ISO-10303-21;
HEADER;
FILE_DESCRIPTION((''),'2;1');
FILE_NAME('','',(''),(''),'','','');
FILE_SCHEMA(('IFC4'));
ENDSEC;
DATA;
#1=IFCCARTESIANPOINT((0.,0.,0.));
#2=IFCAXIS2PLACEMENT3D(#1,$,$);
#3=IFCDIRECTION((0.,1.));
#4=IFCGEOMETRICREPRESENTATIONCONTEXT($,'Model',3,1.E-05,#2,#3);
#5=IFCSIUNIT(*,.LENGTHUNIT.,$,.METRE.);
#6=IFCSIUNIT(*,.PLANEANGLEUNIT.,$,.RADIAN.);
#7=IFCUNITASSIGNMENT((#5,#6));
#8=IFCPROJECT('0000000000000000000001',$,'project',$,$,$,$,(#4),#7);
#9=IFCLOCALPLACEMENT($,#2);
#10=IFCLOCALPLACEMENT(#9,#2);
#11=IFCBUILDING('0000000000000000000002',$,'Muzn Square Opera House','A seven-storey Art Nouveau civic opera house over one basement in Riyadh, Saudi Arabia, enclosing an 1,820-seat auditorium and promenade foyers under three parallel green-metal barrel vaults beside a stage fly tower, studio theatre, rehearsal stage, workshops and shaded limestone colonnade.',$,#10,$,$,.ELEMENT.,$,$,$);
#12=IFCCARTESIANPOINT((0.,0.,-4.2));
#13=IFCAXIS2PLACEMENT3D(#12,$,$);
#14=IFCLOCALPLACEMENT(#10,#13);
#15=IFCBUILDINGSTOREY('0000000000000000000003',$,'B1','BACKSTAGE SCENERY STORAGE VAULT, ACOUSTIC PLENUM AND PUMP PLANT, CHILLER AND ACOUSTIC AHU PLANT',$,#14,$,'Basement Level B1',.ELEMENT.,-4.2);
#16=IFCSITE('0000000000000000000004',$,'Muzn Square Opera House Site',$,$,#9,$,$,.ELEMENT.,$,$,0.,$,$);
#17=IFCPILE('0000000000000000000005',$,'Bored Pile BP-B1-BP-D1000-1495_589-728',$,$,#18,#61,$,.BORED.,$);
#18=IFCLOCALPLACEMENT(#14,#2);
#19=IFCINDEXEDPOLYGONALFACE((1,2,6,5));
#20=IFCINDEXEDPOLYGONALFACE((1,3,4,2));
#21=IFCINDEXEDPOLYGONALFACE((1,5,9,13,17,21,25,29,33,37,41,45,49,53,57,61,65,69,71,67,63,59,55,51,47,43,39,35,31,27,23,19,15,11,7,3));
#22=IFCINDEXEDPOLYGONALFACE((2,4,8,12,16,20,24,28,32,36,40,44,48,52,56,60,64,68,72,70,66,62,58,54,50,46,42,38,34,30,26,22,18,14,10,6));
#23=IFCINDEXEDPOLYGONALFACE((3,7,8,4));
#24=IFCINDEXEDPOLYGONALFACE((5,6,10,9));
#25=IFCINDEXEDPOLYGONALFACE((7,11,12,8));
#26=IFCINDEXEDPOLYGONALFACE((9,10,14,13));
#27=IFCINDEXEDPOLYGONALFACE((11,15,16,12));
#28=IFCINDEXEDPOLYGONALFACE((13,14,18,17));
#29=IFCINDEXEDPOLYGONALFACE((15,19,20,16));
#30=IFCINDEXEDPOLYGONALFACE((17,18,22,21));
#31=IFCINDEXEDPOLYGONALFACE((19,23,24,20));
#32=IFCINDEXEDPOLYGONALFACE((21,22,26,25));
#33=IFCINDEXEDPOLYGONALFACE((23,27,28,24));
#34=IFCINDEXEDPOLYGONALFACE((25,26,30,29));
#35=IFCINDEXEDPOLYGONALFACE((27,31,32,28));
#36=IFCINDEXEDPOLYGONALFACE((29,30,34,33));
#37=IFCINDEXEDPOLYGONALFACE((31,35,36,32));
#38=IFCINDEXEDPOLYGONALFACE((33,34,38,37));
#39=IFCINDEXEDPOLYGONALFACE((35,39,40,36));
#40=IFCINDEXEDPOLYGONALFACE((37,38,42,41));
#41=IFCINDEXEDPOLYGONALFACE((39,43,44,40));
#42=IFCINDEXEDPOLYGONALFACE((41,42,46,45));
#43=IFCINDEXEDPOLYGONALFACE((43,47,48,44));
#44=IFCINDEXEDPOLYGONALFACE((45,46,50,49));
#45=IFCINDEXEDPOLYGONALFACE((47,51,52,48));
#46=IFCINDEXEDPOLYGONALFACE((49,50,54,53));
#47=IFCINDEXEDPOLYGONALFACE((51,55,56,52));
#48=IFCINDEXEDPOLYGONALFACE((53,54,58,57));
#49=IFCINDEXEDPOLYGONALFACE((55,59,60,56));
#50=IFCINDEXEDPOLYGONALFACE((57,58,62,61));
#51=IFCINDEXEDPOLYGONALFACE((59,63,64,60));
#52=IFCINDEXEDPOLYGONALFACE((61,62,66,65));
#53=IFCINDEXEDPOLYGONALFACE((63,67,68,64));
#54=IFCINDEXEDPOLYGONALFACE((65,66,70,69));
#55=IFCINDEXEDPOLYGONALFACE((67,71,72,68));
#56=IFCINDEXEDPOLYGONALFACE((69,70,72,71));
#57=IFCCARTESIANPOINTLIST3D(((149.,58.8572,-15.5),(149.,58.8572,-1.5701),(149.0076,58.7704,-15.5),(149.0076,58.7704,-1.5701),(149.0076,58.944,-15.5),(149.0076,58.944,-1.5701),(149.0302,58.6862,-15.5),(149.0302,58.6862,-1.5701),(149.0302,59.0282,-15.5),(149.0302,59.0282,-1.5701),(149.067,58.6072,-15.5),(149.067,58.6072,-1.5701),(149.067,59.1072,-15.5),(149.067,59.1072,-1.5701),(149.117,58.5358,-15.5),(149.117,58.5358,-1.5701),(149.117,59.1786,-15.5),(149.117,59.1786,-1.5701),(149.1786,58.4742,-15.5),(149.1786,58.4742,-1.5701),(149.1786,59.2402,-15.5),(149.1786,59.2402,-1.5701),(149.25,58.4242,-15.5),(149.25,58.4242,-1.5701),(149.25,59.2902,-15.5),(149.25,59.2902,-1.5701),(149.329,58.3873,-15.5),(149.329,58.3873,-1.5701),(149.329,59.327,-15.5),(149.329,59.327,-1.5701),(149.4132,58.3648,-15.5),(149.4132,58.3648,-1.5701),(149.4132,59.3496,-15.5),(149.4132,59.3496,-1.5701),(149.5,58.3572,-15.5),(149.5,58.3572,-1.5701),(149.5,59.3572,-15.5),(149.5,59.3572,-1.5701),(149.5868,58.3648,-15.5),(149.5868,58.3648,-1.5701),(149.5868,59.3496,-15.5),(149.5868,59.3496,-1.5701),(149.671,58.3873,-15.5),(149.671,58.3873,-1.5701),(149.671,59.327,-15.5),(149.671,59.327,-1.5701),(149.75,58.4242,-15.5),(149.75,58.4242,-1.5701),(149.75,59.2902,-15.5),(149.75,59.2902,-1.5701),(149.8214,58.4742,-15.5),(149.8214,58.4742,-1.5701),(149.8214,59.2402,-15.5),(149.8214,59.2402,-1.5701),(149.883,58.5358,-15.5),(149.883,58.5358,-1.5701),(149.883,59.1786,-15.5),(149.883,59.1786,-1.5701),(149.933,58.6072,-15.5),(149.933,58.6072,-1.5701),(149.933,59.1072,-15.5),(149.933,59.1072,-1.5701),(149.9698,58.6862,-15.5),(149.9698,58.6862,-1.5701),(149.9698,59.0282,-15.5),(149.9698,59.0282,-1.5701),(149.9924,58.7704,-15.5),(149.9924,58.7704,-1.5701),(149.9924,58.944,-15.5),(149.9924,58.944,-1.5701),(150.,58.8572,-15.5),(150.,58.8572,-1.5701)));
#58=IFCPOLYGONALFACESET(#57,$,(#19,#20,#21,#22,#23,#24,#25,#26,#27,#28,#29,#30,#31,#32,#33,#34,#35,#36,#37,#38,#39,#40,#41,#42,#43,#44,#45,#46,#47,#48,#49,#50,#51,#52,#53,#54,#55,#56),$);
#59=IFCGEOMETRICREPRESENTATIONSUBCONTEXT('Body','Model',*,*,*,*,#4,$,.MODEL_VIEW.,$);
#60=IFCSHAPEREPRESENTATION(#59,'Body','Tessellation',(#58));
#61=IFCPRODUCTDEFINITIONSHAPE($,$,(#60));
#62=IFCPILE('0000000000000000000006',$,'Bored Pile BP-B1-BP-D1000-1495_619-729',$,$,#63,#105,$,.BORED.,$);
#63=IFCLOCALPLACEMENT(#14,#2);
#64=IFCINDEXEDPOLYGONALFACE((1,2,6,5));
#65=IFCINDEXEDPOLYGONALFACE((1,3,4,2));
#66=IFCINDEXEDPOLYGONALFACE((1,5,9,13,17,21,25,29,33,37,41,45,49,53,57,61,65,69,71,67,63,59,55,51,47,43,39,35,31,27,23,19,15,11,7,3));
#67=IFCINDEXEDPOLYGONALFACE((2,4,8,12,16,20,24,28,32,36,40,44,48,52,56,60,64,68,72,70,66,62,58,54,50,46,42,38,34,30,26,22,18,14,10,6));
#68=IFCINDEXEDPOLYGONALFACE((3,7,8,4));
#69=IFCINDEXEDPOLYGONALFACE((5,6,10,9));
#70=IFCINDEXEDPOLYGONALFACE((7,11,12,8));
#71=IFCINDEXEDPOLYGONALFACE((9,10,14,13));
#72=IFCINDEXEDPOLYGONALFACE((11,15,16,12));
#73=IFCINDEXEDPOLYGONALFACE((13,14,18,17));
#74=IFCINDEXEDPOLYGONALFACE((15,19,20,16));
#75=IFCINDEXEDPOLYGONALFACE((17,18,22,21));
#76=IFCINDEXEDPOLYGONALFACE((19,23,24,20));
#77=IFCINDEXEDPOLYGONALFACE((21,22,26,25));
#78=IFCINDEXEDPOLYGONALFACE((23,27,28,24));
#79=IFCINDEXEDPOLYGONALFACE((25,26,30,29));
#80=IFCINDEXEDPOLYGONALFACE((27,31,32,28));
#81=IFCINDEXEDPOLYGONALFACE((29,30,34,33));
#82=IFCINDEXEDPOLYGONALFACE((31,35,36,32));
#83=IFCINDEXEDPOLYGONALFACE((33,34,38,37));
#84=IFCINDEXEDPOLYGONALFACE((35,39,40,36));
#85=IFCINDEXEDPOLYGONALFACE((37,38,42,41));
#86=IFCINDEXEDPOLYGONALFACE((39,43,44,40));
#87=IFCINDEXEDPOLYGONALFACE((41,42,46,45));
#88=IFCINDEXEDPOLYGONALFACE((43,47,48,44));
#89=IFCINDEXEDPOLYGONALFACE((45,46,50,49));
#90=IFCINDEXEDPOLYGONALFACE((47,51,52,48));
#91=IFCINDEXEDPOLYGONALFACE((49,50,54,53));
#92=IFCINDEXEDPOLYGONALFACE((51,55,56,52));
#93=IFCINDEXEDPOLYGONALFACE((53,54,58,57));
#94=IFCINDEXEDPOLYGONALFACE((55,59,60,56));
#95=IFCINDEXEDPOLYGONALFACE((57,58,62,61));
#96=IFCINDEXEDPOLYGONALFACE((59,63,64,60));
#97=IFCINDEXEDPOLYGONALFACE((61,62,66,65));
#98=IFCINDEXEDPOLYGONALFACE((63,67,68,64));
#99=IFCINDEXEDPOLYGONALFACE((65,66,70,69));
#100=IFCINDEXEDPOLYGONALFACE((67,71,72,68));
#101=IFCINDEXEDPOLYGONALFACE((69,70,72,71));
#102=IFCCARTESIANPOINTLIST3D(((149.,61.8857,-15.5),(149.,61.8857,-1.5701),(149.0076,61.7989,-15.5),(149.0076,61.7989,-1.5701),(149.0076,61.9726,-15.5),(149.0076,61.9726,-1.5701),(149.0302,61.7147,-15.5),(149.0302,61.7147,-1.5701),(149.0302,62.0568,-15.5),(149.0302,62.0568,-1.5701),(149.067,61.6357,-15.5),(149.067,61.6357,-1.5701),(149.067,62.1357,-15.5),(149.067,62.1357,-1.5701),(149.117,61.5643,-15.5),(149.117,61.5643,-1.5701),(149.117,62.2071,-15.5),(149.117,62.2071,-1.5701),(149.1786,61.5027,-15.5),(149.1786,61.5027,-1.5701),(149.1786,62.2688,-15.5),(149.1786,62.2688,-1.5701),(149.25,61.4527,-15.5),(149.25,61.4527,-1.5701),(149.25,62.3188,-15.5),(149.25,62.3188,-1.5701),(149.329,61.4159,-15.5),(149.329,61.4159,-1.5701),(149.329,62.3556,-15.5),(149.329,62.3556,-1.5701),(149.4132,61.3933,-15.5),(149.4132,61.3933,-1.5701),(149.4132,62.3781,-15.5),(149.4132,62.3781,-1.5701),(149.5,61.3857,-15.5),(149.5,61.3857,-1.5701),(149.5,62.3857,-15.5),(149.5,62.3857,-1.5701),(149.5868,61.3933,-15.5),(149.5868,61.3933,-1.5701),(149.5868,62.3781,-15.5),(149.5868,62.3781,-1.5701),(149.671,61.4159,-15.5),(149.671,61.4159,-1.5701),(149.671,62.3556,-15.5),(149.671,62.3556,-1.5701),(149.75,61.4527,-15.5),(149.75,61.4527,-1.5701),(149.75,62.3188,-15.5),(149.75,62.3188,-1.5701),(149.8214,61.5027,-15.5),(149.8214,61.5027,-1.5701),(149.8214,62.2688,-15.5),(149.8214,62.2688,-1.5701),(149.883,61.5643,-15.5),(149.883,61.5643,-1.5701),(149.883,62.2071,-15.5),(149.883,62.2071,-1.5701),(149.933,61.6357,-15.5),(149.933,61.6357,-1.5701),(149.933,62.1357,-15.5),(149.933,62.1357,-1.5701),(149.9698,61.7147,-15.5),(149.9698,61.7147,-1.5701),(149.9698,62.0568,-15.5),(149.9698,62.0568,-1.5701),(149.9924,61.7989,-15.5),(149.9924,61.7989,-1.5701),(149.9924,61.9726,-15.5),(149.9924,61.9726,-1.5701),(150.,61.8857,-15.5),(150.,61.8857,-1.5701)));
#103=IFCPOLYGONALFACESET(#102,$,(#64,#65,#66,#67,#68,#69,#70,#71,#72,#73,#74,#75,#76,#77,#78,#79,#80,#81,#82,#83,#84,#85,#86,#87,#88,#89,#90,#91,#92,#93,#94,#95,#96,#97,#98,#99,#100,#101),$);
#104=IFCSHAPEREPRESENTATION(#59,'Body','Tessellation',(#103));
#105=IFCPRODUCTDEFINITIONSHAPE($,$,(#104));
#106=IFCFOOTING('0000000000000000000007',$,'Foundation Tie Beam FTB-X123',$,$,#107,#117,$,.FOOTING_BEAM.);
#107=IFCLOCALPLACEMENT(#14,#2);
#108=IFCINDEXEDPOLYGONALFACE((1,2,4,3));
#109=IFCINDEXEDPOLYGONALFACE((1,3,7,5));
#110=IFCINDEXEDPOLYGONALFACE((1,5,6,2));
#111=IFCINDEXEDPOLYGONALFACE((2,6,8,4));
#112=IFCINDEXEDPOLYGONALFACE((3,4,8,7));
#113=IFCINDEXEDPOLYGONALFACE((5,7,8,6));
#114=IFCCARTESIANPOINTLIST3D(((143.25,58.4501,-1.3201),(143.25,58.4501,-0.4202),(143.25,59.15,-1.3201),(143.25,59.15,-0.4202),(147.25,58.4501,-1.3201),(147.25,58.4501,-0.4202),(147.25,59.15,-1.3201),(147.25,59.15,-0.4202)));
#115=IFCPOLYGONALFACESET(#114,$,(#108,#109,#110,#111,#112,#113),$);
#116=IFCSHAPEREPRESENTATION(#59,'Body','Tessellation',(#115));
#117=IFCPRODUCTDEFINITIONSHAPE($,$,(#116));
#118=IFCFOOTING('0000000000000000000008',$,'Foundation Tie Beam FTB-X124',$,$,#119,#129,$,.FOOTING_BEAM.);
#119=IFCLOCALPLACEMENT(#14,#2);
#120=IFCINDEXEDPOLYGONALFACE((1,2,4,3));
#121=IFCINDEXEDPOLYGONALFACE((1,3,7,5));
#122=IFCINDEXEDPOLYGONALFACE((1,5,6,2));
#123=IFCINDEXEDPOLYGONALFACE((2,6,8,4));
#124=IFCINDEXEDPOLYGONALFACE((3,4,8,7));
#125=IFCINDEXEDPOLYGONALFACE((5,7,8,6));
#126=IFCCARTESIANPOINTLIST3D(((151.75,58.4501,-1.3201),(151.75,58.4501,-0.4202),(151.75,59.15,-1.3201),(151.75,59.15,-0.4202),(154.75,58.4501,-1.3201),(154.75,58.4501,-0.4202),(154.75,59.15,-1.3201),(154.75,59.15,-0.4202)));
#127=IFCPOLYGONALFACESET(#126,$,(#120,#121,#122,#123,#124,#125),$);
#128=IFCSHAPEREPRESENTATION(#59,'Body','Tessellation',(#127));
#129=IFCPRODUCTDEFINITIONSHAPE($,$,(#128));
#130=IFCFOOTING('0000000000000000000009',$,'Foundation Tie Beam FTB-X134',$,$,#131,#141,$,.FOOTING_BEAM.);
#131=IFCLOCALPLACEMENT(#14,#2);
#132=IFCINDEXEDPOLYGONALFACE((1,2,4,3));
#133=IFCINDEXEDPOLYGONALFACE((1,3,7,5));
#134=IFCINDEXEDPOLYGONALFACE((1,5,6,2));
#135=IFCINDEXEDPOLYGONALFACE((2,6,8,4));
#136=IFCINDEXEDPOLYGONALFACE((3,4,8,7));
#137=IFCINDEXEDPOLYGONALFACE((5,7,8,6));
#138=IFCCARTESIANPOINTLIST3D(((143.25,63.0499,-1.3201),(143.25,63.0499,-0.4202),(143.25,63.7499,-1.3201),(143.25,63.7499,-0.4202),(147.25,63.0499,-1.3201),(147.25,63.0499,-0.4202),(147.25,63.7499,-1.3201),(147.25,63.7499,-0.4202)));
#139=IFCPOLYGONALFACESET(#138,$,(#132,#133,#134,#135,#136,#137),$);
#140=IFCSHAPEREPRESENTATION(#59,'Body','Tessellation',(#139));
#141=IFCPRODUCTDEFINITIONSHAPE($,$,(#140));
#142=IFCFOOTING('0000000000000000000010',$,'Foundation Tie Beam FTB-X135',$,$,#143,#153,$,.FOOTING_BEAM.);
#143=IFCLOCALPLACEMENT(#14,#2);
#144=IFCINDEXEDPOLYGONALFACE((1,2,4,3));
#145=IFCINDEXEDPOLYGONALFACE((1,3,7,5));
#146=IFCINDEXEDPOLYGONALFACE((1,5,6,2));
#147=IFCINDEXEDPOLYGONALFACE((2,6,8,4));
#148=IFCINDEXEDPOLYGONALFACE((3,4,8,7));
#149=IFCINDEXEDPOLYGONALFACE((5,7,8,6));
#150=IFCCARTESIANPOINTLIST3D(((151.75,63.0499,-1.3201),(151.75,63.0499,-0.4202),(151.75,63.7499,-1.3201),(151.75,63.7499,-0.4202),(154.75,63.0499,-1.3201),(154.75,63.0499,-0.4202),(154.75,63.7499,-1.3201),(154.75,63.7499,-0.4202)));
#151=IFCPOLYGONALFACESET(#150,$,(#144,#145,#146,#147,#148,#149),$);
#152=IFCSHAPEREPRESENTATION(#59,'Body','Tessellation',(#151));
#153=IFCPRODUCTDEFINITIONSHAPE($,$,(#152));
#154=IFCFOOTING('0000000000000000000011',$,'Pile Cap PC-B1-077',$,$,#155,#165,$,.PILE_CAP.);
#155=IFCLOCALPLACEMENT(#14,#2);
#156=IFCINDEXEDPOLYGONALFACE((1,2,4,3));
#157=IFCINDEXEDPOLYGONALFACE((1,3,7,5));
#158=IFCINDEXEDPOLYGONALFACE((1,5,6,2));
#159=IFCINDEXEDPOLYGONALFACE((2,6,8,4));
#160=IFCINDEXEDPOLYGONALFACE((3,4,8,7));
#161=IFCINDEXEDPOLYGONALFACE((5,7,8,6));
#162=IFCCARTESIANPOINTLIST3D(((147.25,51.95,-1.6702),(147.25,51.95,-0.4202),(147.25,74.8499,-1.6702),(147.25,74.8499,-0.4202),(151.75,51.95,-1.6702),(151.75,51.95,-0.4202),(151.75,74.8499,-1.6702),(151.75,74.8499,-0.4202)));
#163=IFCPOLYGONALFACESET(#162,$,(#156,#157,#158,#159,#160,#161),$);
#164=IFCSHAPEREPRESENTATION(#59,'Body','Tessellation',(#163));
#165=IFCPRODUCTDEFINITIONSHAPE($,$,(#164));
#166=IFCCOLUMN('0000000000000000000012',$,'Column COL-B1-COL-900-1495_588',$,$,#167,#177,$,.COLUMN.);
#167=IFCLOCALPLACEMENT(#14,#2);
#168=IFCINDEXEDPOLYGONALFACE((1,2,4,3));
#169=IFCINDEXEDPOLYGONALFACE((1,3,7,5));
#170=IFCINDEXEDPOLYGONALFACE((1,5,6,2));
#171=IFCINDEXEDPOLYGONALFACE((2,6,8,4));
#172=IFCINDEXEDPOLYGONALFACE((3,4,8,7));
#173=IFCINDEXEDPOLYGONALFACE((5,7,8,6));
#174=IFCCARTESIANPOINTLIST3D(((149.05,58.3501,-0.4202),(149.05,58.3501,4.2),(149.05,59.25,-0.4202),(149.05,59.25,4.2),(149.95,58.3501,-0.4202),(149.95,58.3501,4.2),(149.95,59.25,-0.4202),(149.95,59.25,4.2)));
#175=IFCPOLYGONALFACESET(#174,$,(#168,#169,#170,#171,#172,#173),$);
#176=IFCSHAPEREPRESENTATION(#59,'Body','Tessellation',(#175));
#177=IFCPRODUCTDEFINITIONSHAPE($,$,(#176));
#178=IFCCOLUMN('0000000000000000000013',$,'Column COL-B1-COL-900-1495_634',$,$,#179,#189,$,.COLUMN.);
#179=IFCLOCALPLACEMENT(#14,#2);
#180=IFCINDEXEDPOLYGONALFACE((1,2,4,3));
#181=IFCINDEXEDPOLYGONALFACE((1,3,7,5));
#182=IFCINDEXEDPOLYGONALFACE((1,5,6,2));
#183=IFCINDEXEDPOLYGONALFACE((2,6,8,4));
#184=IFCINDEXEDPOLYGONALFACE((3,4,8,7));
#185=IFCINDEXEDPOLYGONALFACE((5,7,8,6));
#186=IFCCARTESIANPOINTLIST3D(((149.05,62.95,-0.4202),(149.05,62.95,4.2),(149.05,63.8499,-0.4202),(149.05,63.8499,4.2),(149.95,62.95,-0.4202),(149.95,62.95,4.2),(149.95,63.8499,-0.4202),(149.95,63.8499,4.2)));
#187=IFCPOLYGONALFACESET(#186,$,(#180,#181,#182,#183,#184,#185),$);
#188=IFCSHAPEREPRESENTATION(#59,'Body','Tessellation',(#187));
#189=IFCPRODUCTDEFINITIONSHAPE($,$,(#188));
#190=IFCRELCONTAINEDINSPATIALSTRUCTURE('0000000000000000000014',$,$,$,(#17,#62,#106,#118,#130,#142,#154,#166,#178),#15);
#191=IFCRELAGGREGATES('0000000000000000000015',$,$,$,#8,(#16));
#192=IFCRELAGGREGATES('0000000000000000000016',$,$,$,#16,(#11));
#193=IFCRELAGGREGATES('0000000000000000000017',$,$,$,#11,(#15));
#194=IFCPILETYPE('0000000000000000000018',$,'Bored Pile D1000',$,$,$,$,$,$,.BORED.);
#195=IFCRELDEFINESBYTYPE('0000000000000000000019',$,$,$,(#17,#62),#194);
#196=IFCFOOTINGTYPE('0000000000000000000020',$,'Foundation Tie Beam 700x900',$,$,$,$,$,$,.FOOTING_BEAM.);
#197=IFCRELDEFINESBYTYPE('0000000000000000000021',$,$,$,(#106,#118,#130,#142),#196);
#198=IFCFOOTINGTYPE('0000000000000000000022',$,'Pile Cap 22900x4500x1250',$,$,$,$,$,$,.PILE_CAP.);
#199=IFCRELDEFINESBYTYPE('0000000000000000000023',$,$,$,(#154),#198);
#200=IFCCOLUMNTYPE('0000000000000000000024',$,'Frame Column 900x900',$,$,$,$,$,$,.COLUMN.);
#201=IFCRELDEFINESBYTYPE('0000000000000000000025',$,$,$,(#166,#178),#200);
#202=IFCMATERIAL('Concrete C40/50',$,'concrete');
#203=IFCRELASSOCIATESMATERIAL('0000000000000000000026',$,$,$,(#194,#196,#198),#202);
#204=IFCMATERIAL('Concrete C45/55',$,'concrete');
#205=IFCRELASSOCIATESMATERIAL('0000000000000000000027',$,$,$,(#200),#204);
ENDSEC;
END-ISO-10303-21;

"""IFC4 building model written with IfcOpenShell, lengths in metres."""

from ifc_helpers import new_model, si_unit, direction, frame, origin, origin_2d, place, context, subcontext, project, spatial, rectangle, circle, extrude, material, material_profile, profile_set, type_object, element, save


model = new_model("IFC4")

# Units and contexts
model_context = context("Model", 3, precision=1e-05, world=origin(), true_north=direction((0.0, 1.0)))
body_context = subcontext(model_context, "Body", "Model", "MODEL_VIEW")
ifc_project = project(units=[si_unit("LENGTHUNIT", "METRE"), si_unit("PLANEANGLEUNIT", "RADIAN")], contexts=[model_context])

# Site, building, storey
site_placement = place(None, origin())
site = spatial("IfcSite", under=ifc_project, at=site_placement, Name="Muzn Square Opera House Site", CompositionType="ELEMENT", RefElevation=0.0)
building_placement = place(site_placement, origin())
building = spatial("IfcBuilding", under=site, at=building_placement, Name="Muzn Square Opera House", Description="A seven-storey Art Nouveau civic opera house over one basement in Riyadh, Saudi Arabia, enclosing an 1,820-seat auditorium and promenade foyers under three parallel green-metal barrel vaults beside a stage fly tower, studio theatre, rehearsal stage, workshops and shaded limestone colonnade.", CompositionType="ELEMENT")
storey_placement = place(building_placement, frame((0.0, 0.0, -4.2)))
storey = spatial("IfcBuildingStorey", under=building, at=storey_placement, Name="B1", Description="BACKSTAGE SCENERY STORAGE VAULT, ACOUSTIC PLENUM AND PUMP PLANT, CHILLER AND ACOUSTIC AHU PLANT", LongName="Basement Level B1", CompositionType="ELEMENT", Elevation=-4.2)

# Piles
ifc_material_1 = material(Name="Concrete C40/50", Category="concrete")
ifc_material_profile_1 = material_profile(ifc_material_1, circle(Radius=0.5, at=origin_2d()), Name="BORED PILE D1000", Category="concrete")
ifc_profile_set_1 = profile_set([ifc_material_profile_1], Name="Concrete C40/50")
pile_type = type_object("IfcPileType", Name="Bored Pile D1000", PredefinedType="BORED", material=ifc_profile_set_1)
for number, where, z_axis, x_axis, name in (
    (1, (149.5, 58.8572, -1.5701), (0.0, 0.0, -1.0), (1.0, 0.0, 0.0), "Bored Pile BP-B1-BP-D1000-1495_589-728"),
    (2, (149.5, 61.8857, -1.5701), (0.0, 0.0, -1.0), (1.0, 0.0, 0.0), "Bored Pile BP-B1-BP-D1000-1495_619-729"),
):
    element("IfcPile", number, at=place(storey_placement, frame(where, z_axis=z_axis, x_axis=x_axis)), inside=storey, type_object=pile_type, Name=name, PredefinedType="BORED", context=body_context, shape_type="SweptSolid", body=[
        extrude(circle(Radius=0.5, at=origin_2d()), origin(), (0.0, 0.0, 1.0), 13.9299),
    ])

# Footings
ifc_material_profile_2 = material_profile(ifc_material_1, rectangle(XDim=0.7, YDim=0.8999, at=origin_2d()), Name="RCTB 700x900", Category="concrete")
ifc_profile_set_2 = profile_set([ifc_material_profile_2], Name="Concrete C40/50")
footing_type_1 = type_object("IfcFootingType", Name="Foundation Tie Beam 700x900", PredefinedType="FOOTING_BEAM", material=ifc_profile_set_2)
footing_1_placement = place(storey_placement, frame((143.25, 58.8, -0.8701), z_axis=(1.0, 0.0, 0.0), x_axis=(0.0, 1.0, 0.0)))
element("IfcFooting", 3, at=footing_1_placement, inside=storey, type_object=footing_type_1, Name="Foundation Tie Beam FTB-X123", PredefinedType="FOOTING_BEAM", context=body_context, shape_type="SweptSolid", body=[
    extrude(rectangle(XDim=0.7, YDim=0.8999, at=origin_2d()), origin(), (0.0, 0.0, 1.0), 4.0),
])
footing_2_placement = place(storey_placement, frame((151.75, 58.8, -0.8701), z_axis=(1.0, 0.0, 0.0), x_axis=(0.0, 1.0, 0.0)))
element("IfcFooting", 4, at=footing_2_placement, inside=storey, type_object=footing_type_1, Name="Foundation Tie Beam FTB-X124", PredefinedType="FOOTING_BEAM", context=body_context, shape_type="SweptSolid", body=[
    extrude(rectangle(XDim=0.7, YDim=0.8999, at=origin_2d()), origin(), (0.0, 0.0, 1.0), 3.0),
])
footing_3_placement = place(storey_placement, frame((143.25, 63.3999, -0.8701), z_axis=(1.0, 0.0, 0.0), x_axis=(0.0, 1.0, 0.0)))
element("IfcFooting", 5, at=footing_3_placement, inside=storey, type_object=footing_type_1, Name="Foundation Tie Beam FTB-X134", PredefinedType="FOOTING_BEAM", context=body_context, shape_type="SweptSolid", body=[
    extrude(rectangle(XDim=0.7, YDim=0.8999, at=origin_2d()), origin(), (0.0, 0.0, 1.0), 4.0),
])
footing_4_placement = place(storey_placement, frame((151.75, 63.3999, -0.8701), z_axis=(1.0, 0.0, 0.0), x_axis=(0.0, 1.0, 0.0)))
element("IfcFooting", 6, at=footing_4_placement, inside=storey, type_object=footing_type_1, Name="Foundation Tie Beam FTB-X135", PredefinedType="FOOTING_BEAM", context=body_context, shape_type="SweptSolid", body=[
    extrude(rectangle(XDim=0.7, YDim=0.8999, at=origin_2d()), origin(), (0.0, 0.0, 1.0), 3.0),
])
footing_type_2 = type_object("IfcFootingType", Name="Pile Cap 22900x4500x1250", PredefinedType="PILE_CAP", material=ifc_material_1)
footing_5_placement = place(storey_placement, frame((149.5, 63.3999, -1.6702), z_axis=(0.0, 0.0, 1.0), x_axis=(1.0, 0.0, 0.0)))
element("IfcFooting", 7, at=footing_5_placement, inside=storey, type_object=footing_type_2, Name="Pile Cap PC-B1-077", PredefinedType="PILE_CAP", context=body_context, shape_type="SweptSolid", body=[
    extrude(rectangle(XDim=4.5, YDim=22.8999, at=origin_2d()), origin(), (0.0, 0.0, 1.0), 1.25),
])

# Columns
ifc_material_2 = material(Name="Concrete C45/55", Category="concrete")
ifc_material_profile_3 = material_profile(ifc_material_2, rectangle(XDim=0.8999, YDim=0.8999, at=origin_2d()), Name="RC 900x900", Category="concrete")
ifc_profile_set_3 = profile_set([ifc_material_profile_3], Name="Concrete C45/55")
column_type = type_object("IfcColumnType", Name="Frame Column 900x900", PredefinedType="COLUMN", material=ifc_profile_set_3)
for number, where, z_axis, x_axis, name in (
    (8, (149.5, 58.8, -0.4202), (0.0, 0.0, 1.0), (1.0, 0.0, 0.0), "Column COL-B1-COL-900-1495_588"),
    (9, (149.5, 63.3999, -0.4202), (0.0, 0.0, 1.0), (1.0, 0.0, 0.0), "Column COL-B1-COL-900-1495_634"),
):
    element("IfcColumn", number, at=place(storey_placement, frame(where, z_axis=z_axis, x_axis=x_axis)), inside=storey, type_object=column_type, Name=name, PredefinedType="COLUMN", context=body_context, shape_type="SweptSolid", body=[
        extrude(rectangle(XDim=0.8999, YDim=0.8999, at=origin_2d()), origin(), (0.0, 0.0, 1.0), 4.6201),
    ])

save(model, "model.ifc")
